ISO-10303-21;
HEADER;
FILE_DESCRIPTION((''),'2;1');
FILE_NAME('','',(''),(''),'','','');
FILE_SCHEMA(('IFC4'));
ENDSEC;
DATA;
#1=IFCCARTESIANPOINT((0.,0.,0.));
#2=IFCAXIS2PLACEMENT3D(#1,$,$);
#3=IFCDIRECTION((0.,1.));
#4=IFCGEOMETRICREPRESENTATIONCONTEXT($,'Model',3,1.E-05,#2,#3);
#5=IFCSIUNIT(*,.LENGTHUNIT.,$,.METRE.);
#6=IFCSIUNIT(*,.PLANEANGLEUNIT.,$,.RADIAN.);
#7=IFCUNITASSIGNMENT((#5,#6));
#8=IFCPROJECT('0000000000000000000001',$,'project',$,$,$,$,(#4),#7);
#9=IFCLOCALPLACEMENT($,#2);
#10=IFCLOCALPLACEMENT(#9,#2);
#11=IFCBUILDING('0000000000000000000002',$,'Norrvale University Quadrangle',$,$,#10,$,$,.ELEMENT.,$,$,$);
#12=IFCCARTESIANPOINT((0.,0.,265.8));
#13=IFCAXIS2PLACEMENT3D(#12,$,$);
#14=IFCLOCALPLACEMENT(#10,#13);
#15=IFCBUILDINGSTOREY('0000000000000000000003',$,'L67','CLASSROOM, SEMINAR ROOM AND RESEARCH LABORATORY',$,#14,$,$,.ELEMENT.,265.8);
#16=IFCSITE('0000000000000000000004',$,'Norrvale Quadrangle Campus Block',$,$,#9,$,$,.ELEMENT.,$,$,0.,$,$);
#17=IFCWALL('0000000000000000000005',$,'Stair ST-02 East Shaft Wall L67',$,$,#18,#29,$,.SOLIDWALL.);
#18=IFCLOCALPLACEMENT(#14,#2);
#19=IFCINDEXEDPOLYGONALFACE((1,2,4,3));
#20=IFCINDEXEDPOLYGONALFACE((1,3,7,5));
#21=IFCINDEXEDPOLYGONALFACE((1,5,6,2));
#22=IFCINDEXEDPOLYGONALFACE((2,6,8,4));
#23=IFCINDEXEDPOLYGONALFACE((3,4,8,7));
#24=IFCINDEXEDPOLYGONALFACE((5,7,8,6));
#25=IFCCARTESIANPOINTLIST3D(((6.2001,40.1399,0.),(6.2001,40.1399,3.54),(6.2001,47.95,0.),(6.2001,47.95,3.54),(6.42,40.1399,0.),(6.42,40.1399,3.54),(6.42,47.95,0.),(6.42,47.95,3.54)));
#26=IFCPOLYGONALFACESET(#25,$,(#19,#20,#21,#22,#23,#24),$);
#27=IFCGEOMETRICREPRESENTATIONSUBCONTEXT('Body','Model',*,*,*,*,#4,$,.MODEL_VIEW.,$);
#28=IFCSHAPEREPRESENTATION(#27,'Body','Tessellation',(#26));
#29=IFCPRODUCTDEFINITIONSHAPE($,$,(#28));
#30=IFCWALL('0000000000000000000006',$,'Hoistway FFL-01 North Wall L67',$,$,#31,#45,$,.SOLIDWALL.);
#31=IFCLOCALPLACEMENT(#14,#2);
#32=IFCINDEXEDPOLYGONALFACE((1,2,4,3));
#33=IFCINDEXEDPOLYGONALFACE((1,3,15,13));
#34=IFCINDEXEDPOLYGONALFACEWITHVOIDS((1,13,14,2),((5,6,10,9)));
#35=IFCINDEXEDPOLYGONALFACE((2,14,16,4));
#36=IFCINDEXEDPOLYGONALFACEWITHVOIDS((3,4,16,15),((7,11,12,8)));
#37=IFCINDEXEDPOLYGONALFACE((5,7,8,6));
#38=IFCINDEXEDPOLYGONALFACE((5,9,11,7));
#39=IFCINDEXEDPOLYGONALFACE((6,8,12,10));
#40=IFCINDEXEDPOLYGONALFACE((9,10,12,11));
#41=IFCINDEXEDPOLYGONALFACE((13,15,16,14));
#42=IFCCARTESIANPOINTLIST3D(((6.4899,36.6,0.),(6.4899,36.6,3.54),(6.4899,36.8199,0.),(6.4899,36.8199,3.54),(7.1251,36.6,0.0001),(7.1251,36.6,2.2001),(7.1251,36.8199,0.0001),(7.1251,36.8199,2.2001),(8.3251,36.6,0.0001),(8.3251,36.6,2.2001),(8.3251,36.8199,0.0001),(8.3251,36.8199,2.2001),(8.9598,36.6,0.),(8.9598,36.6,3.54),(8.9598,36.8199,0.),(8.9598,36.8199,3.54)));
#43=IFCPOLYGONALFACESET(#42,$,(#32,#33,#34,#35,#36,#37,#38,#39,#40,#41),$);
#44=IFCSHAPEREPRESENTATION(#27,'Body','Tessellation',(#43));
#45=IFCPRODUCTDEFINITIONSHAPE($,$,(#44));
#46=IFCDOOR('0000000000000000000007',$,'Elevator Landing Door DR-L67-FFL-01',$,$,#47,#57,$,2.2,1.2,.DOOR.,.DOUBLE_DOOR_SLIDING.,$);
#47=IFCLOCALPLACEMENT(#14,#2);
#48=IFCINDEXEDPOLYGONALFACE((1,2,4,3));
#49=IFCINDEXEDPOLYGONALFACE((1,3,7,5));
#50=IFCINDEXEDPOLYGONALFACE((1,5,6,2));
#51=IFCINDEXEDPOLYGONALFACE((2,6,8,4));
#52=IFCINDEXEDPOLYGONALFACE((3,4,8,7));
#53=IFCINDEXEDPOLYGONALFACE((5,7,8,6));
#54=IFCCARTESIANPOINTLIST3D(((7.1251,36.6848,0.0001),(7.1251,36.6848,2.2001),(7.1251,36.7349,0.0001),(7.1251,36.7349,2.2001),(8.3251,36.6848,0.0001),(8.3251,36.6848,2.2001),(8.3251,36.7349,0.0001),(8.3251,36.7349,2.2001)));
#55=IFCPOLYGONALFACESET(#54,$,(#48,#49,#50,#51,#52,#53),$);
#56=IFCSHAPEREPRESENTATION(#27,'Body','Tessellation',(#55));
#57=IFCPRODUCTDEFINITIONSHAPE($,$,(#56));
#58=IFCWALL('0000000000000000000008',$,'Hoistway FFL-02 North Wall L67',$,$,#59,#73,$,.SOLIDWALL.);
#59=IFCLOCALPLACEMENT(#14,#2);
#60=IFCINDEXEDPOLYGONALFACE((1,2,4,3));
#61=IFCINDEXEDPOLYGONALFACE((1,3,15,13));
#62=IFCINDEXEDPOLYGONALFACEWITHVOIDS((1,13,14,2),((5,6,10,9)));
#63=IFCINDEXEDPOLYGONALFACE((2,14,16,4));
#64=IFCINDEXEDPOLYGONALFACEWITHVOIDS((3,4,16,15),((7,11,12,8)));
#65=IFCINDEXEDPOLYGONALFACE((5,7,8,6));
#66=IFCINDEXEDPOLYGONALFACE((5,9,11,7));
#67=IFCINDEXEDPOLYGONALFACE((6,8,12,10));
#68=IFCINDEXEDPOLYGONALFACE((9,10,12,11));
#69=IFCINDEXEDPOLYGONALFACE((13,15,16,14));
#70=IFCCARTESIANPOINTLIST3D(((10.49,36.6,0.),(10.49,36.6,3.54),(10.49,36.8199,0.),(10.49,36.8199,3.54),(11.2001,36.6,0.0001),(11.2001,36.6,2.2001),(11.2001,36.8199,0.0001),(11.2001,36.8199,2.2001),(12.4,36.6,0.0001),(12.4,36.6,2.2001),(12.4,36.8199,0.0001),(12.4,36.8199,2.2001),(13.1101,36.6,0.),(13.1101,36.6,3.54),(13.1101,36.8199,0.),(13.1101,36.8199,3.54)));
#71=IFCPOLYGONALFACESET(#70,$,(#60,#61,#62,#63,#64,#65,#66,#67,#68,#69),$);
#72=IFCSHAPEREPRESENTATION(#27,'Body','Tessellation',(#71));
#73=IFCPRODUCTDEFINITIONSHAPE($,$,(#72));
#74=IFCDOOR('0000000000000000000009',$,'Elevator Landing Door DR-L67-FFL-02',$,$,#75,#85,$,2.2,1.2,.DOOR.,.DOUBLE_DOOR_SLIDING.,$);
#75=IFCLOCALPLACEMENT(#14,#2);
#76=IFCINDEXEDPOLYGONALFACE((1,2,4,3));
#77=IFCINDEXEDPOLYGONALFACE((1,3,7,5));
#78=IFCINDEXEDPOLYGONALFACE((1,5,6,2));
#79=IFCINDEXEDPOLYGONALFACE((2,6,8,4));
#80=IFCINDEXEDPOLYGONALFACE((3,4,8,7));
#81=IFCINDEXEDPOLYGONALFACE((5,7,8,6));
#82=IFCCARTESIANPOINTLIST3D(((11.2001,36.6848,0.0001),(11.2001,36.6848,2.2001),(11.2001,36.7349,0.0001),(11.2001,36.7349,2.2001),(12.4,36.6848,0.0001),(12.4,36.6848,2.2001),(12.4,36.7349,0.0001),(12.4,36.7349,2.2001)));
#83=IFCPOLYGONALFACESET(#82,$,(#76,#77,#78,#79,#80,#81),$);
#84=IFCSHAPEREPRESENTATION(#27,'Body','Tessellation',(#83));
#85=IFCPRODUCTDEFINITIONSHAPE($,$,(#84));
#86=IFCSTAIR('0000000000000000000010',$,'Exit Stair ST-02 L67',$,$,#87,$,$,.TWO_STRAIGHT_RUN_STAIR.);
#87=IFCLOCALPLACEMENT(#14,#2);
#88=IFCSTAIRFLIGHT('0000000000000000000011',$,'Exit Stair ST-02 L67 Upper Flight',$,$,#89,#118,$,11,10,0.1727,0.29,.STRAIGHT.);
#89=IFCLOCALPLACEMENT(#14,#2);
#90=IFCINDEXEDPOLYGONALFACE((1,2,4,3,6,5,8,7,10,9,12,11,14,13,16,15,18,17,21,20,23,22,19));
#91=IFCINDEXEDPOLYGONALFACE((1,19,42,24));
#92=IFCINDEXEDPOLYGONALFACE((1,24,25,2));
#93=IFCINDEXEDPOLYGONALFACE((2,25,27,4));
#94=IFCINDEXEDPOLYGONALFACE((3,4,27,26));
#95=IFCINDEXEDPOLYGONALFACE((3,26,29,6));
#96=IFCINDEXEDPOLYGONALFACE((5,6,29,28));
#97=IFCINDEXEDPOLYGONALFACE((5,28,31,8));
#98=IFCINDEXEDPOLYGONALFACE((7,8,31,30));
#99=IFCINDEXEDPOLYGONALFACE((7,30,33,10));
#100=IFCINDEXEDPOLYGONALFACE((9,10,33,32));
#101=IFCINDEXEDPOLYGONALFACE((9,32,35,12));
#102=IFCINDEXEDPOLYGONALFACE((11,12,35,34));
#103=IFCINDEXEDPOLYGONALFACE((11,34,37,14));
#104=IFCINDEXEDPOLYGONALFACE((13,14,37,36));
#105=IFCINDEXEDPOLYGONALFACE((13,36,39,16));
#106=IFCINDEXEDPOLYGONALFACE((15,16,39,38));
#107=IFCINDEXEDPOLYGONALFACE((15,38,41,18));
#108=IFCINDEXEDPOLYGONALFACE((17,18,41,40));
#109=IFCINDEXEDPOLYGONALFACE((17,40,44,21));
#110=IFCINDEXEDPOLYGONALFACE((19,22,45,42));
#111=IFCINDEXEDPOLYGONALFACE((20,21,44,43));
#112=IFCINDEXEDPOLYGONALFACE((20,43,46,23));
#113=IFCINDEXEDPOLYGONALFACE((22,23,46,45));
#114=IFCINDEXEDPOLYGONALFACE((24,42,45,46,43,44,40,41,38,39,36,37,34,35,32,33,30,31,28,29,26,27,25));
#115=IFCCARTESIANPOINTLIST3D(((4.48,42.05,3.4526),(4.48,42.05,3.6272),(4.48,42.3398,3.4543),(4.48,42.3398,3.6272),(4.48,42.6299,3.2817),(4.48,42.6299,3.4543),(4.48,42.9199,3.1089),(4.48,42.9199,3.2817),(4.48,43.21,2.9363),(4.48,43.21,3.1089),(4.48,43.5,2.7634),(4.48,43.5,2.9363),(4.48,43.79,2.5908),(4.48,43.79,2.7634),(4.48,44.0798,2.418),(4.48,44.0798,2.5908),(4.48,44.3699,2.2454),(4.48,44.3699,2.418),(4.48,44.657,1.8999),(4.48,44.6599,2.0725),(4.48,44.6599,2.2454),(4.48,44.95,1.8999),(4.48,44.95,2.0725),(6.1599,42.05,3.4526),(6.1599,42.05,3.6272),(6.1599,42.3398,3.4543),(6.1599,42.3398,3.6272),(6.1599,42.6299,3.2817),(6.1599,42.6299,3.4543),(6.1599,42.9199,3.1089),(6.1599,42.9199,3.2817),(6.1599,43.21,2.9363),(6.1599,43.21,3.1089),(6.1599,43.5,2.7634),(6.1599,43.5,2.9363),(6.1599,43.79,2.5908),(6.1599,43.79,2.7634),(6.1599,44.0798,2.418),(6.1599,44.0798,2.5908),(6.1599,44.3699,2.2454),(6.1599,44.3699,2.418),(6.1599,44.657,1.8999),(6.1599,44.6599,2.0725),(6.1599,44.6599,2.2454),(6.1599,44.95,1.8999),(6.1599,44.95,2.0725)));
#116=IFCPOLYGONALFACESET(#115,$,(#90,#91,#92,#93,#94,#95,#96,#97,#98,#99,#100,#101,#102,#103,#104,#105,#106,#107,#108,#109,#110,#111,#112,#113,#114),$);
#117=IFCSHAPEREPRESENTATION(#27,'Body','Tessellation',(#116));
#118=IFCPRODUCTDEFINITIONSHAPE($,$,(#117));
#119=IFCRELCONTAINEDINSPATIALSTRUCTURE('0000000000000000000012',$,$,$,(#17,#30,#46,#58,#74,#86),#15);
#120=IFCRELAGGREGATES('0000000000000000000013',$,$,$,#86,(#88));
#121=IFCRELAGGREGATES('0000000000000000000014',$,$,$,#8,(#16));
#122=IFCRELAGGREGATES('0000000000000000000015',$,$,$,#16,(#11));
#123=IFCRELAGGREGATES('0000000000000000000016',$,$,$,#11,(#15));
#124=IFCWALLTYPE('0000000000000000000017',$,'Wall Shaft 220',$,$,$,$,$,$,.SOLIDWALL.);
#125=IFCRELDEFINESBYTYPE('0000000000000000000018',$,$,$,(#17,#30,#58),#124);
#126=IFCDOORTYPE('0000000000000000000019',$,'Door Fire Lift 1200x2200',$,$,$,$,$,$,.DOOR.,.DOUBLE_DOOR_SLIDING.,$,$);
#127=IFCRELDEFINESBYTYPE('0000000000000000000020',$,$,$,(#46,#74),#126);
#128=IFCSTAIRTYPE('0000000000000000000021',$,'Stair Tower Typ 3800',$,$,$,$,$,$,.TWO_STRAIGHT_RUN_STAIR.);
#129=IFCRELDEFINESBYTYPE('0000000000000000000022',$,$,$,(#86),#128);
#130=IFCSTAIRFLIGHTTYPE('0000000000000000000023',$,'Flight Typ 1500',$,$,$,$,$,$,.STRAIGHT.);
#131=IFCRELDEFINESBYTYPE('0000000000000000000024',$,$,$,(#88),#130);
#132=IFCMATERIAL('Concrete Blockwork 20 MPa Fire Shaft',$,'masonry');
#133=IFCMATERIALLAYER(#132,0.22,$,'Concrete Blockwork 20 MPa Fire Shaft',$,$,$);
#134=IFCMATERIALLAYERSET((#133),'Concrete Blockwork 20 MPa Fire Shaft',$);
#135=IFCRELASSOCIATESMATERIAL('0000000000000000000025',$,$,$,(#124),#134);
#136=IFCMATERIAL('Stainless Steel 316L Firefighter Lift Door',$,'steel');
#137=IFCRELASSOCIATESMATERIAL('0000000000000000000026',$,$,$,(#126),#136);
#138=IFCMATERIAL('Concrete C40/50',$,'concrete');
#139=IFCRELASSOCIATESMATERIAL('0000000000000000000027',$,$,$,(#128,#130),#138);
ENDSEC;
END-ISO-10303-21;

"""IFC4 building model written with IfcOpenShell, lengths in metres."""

from ifc_helpers import new_model, si_unit, direction, frame, frame_2d, origin, place, context, subcontext, project, spatial, polyline, rectangle, outline, extrude, material, layer, layer_set, type_object, element, fill, aggregate, save


model = new_model("IFC4")

# Units and contexts
model_context = context("Model", 3, precision=1e-05, world=origin(), true_north=direction((0.0, 1.0)))
body_context = subcontext(model_context, "Body", "Model", "MODEL_VIEW")
ifc_project = project(units=[si_unit("LENGTHUNIT", "METRE"), si_unit("PLANEANGLEUNIT", "RADIAN")], contexts=[model_context])

# Site, building, storey
site_placement = place(None, origin())
site = spatial("IfcSite", under=ifc_project, at=site_placement, Name="Norrvale Quadrangle Campus Block", CompositionType="ELEMENT", RefElevation=0.0)
building_placement = place(site_placement, origin())
building = spatial("IfcBuilding", under=site, at=building_placement, Name="Norrvale University Quadrangle", CompositionType="ELEMENT")
storey_placement = place(building_placement, frame((0.0, 0.0, 265.8)))
storey = spatial("IfcBuildingStorey", under=building, at=storey_placement, Name="L67", Description="CLASSROOM, SEMINAR ROOM AND RESEARCH LABORATORY", CompositionType="ELEMENT", Elevation=265.8)

# Wall
ifc_material_1 = material(Name="Concrete Blockwork 20 MPa Fire Shaft", Category="masonry")
ifc_layer_1 = layer(ifc_material_1, 0.22, Name="Concrete Blockwork 20 MPa Fire Shaft")
ifc_layer_set_1 = layer_set([ifc_layer_1], Name="Concrete Blockwork 20 MPa Fire Shaft")
wall_type_1 = type_object("IfcWallType", Name="Wall Shaft 220", PredefinedType="SOLIDWALL", material=ifc_layer_set_1)
wall_1_placement = place(storey_placement, frame((6.3101, 40.1399, 0.0), z_axis=(0.0, 0.0, 1.0), x_axis=(0.0, 1.0, 0.0)))
element("IfcWall", 1, at=wall_1_placement, inside=storey, type_object=wall_type_1, Name="Stair ST-02 East Shaft Wall L67", PredefinedType="SOLIDWALL", context=body_context, shape_type="SweptSolid", body=[
    extrude(rectangle(XDim=7.8101, YDim=0.22, at=frame_2d((3.905, 0.0))), origin(), (0.0, 0.0, 1.0), 3.54),
])

# Walls, openings, doors
wall_2_placement = place(storey_placement, frame((6.49, 36.71, 0.0), z_axis=(0.0, 0.0, 1.0), x_axis=(1.0, 0.0, 0.0)))
wall_2 = element("IfcWall", 2, at=wall_2_placement, inside=storey, type_object=wall_type_1, Name="Hoistway FFL-01 North Wall L67", PredefinedType="SOLIDWALL", context=body_context, shape_type="SweptSolid", body=[
    extrude(rectangle(XDim=2.47, YDim=0.22, at=frame_2d((1.2349, 0.0))), origin(), (0.0, 0.0, 1.0), 3.54),
])
opening_1_placement = place(wall_2_placement, frame((0.635, 0.0, 0.0)))
opening_1 = element("IfcOpeningElement", 3, at=opening_1_placement, cuts=wall_2, PredefinedType="OPENING", context=body_context, shape_type="SweptSolid", body=[
    extrude(rectangle(XDim=1.2, YDim=2.2, at=frame_2d((0.6001, 1.1001))), frame((0.0, 0.1221, 0.0), z_axis=(0.0, -1.0, 0.0), x_axis=(1.0, 0.0, 0.0)), (0.0, 0.0, 1.0), 0.2439),
])
ifc_material_2 = material(Name="Stainless Steel 316L Firefighter Lift Door", Category="steel")
door_type_1 = type_object("IfcDoorType", Name="Door Fire Lift 1200x2200", OperationType="DOUBLE_DOOR_SLIDING", PredefinedType="DOOR", material=ifc_material_2)
door_1_placement = place(opening_1_placement, origin())
door_1 = element("IfcDoor", 4, at=door_1_placement, inside=storey, type_object=door_type_1, Name="Elevator Landing Door DR-L67-FFL-01", OperationType="DOUBLE_DOOR_SLIDING", OverallHeight=2.2, OverallWidth=1.2, PredefinedType="DOOR", context=body_context, shape_type="SweptSolid", body=[
    extrude(rectangle(XDim=1.2, YDim=2.2, at=frame_2d((0.6001, 1.1001))), frame((0.0, 0.0249, 0.0), z_axis=(0.0, -1.0, 0.0), x_axis=(1.0, 0.0, 0.0)), (0.0, 0.0, 1.0), 0.05),
])
fill(opening_1, door_1)
wall_3_placement = place(storey_placement, frame((10.49, 36.71, 0.0), z_axis=(0.0, 0.0, 1.0), x_axis=(1.0, 0.0, 0.0)))
wall_3 = element("IfcWall", 5, at=wall_3_placement, inside=storey, type_object=wall_type_1, Name="Hoistway FFL-02 North Wall L67", PredefinedType="SOLIDWALL", context=body_context, shape_type="SweptSolid", body=[
    extrude(rectangle(XDim=2.6201, YDim=0.22, at=frame_2d((1.3101, 0.0))), origin(), (0.0, 0.0, 1.0), 3.54),
])
opening_2_placement = place(wall_3_placement, frame((0.71, 0.0, 0.0)))
opening_2 = element("IfcOpeningElement", 6, at=opening_2_placement, cuts=wall_3, PredefinedType="OPENING", context=body_context, shape_type="SweptSolid", body=[
    extrude(rectangle(XDim=1.2, YDim=2.2, at=frame_2d((0.6001, 1.1001))), frame((0.0, 0.1221, 0.0), z_axis=(0.0, -1.0, 0.0), x_axis=(1.0, 0.0, 0.0)), (0.0, 0.0, 1.0), 0.2439),
])
door_2_placement = place(opening_2_placement, origin())
door_2 = element("IfcDoor", 7, at=door_2_placement, inside=storey, type_object=door_type_1, Name="Elevator Landing Door DR-L67-FFL-02", OperationType="DOUBLE_DOOR_SLIDING", OverallHeight=2.2, OverallWidth=1.2, PredefinedType="DOOR", context=body_context, shape_type="SweptSolid", body=[
    extrude(rectangle(XDim=1.2, YDim=2.2, at=frame_2d((0.6001, 1.1001))), frame((0.0, 0.0249, 0.0), z_axis=(0.0, -1.0, 0.0), x_axis=(1.0, 0.0, 0.0)), (0.0, 0.0, 1.0), 0.05),
])
fill(opening_2, door_2)

# Stair, stair flight
ifc_material_3 = material(Name="Concrete C40/50", Category="concrete")
stair_type = type_object("IfcStairType", Name="Stair Tower Typ 3800", PredefinedType="TWO_STRAIGHT_RUN_STAIR", material=ifc_material_3)
stair_placement = place(storey_placement, origin())
stair = element("IfcStair", 8, at=stair_placement, inside=storey, type_object=stair_type, Name="Exit Stair ST-02 L67", PredefinedType="TWO_STRAIGHT_RUN_STAIR")
stair_flight_type = type_object("IfcStairFlightType", Name="Flight Typ 1500", PredefinedType="STRAIGHT", material=ifc_material_3)
stair_flight_placement = place(storey_placement, frame((5.3201, 44.95, 1.8999), z_axis=(0.0, 0.0, 1.0), x_axis=(0.0, -1.0, 0.0)))
stair_flight = element("IfcStairFlight", 9, at=stair_flight_placement, type_object=stair_flight_type, Name="Exit Stair ST-02 L67 Upper Flight", NumberOfRisers=11, NumberOfTreads=10, PredefinedType="STRAIGHT", RiserHeight=0.1727, TreadLength=0.29, context=body_context, shape_type="SweptSolid", body=[
    extrude(outline(polyline([(0.0, 0.0), (0.0, 0.1726), (0.29, 0.1726), (0.29, 0.3455), (0.5801, 0.3455), (0.5801, 0.5181), (0.8701, 0.5181), (0.8701, 0.6909), (1.1599, 0.6909), (1.1599, 0.8635), (1.45, 0.8635), (1.45, 1.0364), (1.74, 1.0364), (1.74, 1.209), (2.03, 1.209), (2.03, 1.3818), (2.3201, 1.3818), (2.3201, 1.5544), (2.6101, 1.5544), (2.6101, 1.7273), (2.8999, 1.7273), (2.8999, 1.8999), (2.8999, 1.5527), (0.293, 0.0), (0.0, 0.0)])), frame((0.0, 0.8398, 0.0), z_axis=(0.0, -1.0, 0.0), x_axis=(1.0, 0.0, 0.0)), (0.0, 0.0, 1.0), 1.6799),
])
aggregate(stair, [stair_flight])

save(model, "model.ifc")
